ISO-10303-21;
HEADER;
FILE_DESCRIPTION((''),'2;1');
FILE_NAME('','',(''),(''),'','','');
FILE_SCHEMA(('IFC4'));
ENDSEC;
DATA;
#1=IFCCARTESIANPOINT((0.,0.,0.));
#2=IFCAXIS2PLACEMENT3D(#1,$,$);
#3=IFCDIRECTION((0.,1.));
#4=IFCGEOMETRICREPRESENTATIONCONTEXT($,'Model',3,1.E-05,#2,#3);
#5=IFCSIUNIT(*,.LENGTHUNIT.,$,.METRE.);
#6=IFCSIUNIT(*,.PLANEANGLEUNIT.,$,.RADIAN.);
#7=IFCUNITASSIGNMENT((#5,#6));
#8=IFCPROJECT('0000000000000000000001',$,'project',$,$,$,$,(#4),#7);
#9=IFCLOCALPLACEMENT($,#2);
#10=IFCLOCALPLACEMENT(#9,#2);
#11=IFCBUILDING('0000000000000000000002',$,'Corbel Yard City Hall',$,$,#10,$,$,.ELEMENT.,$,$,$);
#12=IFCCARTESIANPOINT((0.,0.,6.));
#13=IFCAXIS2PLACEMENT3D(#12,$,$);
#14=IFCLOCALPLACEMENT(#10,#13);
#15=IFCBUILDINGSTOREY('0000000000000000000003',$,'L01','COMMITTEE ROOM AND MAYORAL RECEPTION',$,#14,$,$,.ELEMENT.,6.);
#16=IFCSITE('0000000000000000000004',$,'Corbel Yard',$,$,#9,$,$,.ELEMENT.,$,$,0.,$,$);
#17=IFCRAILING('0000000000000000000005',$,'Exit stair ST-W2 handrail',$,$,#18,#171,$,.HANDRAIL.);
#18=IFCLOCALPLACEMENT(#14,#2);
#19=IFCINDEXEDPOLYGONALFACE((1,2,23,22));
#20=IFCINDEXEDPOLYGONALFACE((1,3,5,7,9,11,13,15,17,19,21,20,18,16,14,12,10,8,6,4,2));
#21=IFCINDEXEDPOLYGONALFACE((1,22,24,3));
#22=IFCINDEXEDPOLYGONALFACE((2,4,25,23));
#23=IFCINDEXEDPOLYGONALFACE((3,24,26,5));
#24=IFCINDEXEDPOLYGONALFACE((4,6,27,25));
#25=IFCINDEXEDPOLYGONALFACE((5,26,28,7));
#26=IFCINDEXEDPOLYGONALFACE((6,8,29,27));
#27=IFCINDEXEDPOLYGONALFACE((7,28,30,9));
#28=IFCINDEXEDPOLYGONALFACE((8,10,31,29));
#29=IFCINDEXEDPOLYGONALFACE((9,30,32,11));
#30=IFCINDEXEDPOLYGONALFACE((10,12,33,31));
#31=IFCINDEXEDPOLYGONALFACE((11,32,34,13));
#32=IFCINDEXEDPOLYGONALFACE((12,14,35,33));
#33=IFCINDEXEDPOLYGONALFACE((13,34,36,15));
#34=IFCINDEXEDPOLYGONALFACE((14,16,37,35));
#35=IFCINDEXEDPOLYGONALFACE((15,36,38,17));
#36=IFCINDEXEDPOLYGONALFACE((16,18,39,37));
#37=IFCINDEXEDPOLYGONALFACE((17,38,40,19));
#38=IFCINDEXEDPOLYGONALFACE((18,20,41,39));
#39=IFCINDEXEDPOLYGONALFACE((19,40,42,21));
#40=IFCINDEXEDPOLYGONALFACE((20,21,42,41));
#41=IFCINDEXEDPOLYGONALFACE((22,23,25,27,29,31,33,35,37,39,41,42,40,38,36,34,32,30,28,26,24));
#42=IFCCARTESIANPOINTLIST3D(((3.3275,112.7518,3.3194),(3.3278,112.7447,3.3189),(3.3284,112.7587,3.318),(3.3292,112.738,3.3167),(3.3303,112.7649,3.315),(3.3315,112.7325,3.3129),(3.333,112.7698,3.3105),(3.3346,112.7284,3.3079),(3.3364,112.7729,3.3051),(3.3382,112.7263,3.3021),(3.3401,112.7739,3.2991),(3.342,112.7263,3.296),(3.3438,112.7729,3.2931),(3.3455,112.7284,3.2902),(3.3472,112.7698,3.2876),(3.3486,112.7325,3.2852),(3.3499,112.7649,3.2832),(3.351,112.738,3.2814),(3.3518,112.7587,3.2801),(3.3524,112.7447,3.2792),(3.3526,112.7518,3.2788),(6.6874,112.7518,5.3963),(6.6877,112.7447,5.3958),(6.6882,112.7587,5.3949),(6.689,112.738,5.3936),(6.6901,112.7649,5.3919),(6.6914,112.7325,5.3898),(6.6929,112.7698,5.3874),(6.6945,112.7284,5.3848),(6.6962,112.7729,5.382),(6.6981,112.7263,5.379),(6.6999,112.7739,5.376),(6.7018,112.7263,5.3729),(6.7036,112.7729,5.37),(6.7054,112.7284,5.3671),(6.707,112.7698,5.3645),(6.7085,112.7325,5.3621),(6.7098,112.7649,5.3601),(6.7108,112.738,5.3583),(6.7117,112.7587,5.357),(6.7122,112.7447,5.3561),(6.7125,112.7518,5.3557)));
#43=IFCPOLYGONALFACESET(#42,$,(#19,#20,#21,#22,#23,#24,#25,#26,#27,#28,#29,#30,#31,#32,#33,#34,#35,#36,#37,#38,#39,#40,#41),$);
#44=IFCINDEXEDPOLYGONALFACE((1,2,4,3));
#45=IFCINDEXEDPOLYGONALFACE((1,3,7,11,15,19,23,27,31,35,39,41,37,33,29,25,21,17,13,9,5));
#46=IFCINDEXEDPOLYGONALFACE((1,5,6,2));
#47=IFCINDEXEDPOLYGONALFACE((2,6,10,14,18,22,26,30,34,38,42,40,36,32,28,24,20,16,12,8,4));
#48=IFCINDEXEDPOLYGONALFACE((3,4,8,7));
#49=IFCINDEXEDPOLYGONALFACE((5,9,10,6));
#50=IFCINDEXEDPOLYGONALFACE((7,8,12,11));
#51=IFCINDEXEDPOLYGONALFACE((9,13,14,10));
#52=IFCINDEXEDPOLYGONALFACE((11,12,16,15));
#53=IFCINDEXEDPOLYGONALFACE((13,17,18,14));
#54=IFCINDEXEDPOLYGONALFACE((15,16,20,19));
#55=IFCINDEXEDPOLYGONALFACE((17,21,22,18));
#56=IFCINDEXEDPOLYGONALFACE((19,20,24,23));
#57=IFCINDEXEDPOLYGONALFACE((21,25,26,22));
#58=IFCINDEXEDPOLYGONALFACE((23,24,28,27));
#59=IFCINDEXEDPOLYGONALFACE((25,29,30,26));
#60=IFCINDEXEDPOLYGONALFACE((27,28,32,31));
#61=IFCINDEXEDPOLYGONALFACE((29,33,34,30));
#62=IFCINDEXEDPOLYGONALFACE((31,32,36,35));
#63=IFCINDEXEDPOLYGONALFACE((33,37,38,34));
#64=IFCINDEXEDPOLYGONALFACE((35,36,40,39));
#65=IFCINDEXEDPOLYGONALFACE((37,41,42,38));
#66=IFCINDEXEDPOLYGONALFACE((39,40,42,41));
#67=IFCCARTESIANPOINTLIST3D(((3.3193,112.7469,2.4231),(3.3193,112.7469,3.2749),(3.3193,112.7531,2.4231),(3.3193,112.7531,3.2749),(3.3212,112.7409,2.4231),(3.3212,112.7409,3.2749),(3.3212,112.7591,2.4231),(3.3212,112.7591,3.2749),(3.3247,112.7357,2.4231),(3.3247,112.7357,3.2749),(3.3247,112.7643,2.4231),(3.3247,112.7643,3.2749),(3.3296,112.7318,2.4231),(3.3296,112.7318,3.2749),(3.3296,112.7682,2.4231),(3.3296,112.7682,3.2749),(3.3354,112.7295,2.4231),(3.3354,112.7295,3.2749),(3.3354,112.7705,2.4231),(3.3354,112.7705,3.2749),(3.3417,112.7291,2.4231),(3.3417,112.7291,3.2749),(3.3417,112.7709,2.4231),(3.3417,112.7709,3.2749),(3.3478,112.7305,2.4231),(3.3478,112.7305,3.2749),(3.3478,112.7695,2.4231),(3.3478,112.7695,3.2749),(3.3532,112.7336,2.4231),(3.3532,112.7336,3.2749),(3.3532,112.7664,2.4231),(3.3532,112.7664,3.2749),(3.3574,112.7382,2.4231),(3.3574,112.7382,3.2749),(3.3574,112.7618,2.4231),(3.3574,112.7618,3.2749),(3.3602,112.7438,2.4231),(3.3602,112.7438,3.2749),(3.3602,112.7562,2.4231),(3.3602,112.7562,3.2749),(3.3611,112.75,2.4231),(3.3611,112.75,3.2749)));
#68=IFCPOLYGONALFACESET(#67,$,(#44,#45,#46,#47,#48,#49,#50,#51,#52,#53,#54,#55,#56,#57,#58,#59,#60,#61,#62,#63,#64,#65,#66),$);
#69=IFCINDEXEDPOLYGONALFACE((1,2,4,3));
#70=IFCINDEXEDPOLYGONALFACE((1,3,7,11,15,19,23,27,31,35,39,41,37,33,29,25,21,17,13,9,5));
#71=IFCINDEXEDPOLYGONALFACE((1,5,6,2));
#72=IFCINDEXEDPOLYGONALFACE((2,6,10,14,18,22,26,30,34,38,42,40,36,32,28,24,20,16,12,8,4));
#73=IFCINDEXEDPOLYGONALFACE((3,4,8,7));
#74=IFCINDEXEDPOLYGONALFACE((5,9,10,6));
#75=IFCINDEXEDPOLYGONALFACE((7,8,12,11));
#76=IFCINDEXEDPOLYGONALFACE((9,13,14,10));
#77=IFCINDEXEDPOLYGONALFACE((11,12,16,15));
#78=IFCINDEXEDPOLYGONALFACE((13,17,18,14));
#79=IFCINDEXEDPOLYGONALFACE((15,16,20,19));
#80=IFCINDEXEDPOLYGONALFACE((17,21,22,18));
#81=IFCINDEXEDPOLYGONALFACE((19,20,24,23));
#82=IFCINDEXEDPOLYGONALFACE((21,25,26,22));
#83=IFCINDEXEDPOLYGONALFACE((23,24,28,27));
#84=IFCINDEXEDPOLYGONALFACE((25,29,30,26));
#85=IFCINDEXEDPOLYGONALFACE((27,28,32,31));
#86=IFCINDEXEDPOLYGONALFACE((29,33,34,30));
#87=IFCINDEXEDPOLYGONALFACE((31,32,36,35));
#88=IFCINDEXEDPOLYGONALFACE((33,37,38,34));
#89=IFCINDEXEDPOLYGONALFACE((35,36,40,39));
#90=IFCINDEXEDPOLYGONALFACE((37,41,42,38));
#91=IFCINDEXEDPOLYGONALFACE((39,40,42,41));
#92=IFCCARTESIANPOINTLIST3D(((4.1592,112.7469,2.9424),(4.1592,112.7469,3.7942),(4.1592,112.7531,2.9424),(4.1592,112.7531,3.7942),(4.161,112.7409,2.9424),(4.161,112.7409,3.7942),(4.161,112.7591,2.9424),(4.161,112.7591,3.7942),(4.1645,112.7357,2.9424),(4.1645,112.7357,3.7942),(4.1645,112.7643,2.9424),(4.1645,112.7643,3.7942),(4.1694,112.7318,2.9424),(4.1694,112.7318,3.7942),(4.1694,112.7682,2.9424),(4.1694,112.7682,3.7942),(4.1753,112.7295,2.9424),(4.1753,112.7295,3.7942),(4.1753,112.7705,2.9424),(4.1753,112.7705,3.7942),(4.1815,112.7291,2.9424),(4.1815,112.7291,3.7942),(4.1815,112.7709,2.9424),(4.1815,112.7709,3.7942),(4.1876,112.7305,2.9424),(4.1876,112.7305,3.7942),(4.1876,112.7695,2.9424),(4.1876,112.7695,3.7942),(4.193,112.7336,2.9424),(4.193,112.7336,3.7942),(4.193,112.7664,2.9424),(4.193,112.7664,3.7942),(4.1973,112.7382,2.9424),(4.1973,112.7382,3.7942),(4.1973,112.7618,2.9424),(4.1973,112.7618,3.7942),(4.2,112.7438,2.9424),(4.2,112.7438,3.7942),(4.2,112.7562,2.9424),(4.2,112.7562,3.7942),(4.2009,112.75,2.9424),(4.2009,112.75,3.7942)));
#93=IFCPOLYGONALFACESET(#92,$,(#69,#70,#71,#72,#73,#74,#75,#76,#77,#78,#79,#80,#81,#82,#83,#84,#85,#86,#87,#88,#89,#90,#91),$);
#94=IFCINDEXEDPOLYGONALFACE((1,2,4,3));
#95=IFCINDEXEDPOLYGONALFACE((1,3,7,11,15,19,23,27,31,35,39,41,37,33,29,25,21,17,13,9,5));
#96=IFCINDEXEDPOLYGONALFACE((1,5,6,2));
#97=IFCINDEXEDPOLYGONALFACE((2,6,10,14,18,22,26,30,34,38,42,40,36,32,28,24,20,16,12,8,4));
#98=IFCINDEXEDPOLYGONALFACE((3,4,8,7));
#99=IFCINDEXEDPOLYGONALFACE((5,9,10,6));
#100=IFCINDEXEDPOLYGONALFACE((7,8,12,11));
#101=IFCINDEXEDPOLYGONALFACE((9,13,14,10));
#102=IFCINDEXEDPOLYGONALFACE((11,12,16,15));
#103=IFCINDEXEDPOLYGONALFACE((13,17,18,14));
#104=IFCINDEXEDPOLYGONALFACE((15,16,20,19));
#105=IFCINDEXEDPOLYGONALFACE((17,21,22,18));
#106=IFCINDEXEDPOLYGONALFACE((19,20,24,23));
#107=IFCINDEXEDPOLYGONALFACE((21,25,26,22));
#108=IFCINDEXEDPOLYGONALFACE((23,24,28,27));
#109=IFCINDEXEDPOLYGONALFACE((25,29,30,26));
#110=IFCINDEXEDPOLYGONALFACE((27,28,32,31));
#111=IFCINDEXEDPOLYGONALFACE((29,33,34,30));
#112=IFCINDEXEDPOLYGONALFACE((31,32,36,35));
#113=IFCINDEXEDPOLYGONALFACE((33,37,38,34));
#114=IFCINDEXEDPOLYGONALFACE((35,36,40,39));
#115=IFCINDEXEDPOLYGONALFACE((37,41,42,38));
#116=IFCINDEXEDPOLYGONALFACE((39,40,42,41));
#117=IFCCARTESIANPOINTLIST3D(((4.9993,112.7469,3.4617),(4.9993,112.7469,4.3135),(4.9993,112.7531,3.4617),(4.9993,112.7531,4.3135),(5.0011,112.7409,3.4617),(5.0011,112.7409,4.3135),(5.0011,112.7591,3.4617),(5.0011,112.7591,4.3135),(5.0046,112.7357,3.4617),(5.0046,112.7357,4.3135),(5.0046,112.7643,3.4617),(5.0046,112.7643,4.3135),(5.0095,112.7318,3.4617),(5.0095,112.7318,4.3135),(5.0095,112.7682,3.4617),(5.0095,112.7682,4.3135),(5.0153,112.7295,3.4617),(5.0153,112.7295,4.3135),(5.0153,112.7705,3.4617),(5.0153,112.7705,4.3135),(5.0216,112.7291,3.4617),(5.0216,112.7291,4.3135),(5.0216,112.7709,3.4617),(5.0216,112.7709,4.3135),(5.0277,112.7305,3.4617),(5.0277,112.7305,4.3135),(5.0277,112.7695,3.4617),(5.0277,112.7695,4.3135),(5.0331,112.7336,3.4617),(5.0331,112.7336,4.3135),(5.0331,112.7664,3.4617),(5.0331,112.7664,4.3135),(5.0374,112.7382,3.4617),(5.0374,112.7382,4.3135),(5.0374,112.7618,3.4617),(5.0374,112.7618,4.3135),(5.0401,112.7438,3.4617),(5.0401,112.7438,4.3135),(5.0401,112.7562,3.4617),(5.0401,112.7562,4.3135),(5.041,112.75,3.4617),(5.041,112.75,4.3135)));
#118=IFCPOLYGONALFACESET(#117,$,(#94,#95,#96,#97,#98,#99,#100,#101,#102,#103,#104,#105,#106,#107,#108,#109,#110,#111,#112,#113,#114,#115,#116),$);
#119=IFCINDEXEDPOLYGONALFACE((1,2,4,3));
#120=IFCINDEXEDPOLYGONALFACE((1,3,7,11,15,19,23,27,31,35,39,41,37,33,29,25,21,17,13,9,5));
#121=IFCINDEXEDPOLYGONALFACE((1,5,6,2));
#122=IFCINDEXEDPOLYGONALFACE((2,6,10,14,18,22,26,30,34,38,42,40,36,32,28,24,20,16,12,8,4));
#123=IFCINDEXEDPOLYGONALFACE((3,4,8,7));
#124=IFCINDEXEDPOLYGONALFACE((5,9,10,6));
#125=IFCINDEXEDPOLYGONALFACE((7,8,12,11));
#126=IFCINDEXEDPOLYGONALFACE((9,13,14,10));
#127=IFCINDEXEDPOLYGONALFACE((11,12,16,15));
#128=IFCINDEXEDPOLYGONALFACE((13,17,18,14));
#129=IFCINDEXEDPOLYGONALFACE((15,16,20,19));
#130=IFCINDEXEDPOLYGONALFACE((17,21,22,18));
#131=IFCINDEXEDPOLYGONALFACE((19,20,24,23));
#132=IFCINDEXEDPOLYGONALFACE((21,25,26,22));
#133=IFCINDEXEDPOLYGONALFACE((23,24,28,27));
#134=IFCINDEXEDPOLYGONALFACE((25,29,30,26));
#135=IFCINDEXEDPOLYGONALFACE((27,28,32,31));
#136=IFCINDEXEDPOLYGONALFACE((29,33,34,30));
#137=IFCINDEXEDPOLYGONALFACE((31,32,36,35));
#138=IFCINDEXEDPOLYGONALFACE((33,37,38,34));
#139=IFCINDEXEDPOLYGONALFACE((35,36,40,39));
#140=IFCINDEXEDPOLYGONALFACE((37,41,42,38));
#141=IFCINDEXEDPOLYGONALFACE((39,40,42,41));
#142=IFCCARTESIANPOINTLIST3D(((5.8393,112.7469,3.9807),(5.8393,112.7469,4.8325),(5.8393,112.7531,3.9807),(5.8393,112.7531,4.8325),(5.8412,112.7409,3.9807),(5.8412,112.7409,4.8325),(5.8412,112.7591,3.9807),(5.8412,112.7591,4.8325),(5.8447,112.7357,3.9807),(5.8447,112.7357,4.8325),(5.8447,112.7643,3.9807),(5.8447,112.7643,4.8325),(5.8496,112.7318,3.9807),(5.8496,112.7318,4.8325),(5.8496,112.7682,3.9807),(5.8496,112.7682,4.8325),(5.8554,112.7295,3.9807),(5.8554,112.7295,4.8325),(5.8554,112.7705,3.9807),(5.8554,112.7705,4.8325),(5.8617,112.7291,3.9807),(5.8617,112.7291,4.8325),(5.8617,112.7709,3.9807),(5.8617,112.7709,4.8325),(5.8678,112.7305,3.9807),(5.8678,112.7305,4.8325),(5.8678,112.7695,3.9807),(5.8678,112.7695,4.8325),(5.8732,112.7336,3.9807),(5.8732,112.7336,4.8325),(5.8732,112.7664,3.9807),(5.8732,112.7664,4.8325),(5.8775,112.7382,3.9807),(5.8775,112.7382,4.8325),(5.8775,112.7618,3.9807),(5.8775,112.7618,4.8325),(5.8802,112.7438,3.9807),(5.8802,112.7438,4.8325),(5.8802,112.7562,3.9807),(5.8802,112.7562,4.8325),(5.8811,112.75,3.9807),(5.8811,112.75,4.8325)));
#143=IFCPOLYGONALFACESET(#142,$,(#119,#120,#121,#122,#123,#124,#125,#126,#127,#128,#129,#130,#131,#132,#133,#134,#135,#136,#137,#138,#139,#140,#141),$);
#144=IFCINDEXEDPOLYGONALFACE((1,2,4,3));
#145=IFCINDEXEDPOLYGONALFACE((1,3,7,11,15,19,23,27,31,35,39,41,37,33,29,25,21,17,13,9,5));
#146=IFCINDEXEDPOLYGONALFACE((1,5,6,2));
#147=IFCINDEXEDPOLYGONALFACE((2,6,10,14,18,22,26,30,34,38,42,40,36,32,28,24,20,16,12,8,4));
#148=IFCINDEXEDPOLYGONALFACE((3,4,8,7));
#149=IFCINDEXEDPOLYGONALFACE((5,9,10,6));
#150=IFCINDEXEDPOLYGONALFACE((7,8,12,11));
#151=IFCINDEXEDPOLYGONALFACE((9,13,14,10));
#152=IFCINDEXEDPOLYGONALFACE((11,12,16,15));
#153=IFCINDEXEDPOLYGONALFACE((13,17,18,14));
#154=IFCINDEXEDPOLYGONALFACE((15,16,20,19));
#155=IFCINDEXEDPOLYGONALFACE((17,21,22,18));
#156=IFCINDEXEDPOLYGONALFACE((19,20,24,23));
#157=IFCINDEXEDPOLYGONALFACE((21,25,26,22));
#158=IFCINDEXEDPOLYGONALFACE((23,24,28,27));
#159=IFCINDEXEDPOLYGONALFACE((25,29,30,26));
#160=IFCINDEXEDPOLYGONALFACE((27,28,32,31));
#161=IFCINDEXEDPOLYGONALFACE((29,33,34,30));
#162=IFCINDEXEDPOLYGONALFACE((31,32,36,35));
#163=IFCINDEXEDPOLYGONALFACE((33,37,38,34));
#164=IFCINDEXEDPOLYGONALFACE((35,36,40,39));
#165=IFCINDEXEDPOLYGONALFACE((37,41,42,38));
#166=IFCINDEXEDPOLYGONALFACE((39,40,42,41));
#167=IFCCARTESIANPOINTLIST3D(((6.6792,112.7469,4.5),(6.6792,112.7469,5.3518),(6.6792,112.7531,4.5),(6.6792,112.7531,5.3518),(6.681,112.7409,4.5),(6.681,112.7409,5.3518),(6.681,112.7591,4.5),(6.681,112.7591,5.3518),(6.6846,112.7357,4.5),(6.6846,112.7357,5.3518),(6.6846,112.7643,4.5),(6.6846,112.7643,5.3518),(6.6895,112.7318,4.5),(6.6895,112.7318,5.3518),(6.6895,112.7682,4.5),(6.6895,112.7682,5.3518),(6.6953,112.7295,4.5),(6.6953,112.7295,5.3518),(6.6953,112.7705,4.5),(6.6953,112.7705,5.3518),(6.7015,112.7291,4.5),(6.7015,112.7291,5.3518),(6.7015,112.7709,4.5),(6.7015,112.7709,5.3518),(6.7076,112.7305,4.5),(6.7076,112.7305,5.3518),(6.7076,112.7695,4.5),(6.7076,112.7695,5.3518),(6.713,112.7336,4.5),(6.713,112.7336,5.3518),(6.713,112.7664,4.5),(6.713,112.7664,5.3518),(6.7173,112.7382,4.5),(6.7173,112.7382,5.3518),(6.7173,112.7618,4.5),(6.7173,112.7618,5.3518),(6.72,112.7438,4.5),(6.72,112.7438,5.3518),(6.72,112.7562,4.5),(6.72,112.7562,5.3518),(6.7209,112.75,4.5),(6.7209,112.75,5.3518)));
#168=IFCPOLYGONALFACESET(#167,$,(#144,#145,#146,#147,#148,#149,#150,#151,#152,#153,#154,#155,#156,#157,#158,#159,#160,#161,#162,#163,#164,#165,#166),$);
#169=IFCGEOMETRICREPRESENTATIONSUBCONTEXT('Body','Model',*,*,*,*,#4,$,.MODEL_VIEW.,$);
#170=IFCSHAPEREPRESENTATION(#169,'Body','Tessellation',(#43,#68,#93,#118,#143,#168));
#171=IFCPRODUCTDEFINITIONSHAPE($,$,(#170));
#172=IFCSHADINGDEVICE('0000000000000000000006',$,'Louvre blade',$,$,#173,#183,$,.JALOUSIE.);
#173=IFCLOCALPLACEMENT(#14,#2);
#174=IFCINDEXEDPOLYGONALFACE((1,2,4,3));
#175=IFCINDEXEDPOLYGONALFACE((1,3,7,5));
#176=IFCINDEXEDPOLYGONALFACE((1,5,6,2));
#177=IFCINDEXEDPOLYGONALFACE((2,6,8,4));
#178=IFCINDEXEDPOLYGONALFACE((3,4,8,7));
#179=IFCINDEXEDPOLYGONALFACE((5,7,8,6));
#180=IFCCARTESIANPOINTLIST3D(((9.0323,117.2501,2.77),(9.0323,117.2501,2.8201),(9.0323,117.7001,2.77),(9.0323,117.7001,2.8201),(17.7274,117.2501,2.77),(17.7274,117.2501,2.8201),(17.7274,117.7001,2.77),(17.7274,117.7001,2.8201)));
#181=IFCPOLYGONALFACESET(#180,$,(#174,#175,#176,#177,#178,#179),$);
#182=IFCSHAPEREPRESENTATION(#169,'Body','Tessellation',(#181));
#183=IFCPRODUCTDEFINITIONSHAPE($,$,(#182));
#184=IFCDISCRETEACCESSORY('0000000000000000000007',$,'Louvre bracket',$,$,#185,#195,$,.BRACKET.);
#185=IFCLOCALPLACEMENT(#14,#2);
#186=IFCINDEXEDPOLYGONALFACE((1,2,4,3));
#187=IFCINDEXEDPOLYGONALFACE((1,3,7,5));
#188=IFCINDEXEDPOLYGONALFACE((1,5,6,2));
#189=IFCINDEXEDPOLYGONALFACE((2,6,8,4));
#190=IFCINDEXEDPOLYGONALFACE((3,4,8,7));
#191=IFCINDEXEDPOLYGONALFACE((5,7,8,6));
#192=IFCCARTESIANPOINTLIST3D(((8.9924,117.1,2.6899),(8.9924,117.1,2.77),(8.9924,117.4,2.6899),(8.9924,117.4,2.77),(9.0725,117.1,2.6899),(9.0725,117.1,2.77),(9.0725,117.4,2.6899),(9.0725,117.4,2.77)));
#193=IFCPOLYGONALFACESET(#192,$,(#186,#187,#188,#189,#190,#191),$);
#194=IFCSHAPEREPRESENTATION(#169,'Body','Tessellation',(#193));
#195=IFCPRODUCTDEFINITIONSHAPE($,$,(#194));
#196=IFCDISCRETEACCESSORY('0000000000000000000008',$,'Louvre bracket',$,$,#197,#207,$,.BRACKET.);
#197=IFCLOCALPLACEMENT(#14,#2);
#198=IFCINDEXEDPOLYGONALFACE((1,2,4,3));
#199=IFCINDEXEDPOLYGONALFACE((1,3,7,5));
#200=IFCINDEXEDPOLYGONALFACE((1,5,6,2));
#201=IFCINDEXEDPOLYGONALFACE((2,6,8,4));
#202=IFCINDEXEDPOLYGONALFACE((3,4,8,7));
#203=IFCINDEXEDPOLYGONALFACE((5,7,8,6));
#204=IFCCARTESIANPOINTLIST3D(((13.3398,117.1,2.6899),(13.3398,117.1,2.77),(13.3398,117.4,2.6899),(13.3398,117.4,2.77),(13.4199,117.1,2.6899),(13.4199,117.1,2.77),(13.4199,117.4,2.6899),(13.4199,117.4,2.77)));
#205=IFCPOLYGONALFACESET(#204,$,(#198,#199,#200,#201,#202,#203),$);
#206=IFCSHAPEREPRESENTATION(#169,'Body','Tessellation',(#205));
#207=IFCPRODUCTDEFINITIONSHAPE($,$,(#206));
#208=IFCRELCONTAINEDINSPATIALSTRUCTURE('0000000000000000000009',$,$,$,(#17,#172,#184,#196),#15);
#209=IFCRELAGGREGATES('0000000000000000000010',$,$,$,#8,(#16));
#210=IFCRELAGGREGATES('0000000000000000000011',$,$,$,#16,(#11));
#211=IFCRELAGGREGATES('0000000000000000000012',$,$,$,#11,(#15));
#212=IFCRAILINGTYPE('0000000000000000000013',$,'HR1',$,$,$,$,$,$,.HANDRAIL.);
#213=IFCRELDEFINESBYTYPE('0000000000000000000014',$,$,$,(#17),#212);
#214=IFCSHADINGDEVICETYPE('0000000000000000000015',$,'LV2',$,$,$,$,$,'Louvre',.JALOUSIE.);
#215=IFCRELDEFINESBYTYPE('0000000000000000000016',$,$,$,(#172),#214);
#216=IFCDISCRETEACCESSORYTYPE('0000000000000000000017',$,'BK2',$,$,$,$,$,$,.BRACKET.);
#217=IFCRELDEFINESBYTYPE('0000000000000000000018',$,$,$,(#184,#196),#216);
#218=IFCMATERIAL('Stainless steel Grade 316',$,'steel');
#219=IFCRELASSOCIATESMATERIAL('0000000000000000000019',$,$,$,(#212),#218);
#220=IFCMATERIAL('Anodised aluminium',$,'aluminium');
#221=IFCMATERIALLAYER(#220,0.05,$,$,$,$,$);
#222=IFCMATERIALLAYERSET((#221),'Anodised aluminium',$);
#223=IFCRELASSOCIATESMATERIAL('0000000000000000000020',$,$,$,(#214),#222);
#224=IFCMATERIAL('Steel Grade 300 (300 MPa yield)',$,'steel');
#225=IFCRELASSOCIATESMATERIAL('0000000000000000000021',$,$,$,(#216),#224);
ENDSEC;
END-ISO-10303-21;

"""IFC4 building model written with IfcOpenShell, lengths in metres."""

from ifc_helpers import new_model, si_unit, direction, frame, origin, origin_2d, place, context, subcontext, project, spatial, rectangle, circle, extrude, material, layer, layer_set, type_object, element, save


model = new_model("IFC4")

# Units and contexts
model_context = context("Model", 3, precision=1e-05, world=origin(), true_north=direction((0.0, 1.0)))
body_context = subcontext(model_context, "Body", "Model", "MODEL_VIEW")
ifc_project = project(units=[si_unit("LENGTHUNIT", "METRE"), si_unit("PLANEANGLEUNIT", "RADIAN")], contexts=[model_context])

# Site, building, storey
site_placement = place(None, origin())
site = spatial("IfcSite", under=ifc_project, at=site_placement, Name="Corbel Yard", CompositionType="ELEMENT", RefElevation=0.0)
building_placement = place(site_placement, origin())
building = spatial("IfcBuilding", under=site, at=building_placement, Name="Corbel Yard City Hall", CompositionType="ELEMENT")
storey_placement = place(building_placement, frame((0.0, 0.0, 6.0)))
storey = spatial("IfcBuildingStorey", under=building, at=storey_placement, Name="L01", Description="COMMITTEE ROOM AND MAYORAL RECEPTION", CompositionType="ELEMENT", Elevation=6.0)

# Shared definitions
ifc_material_1 = material(Name="Stainless steel Grade 316", Category="steel")

# Railing
railing_type = type_object("IfcRailingType", Name="HR1", PredefinedType="HANDRAIL", material=ifc_material_1)
for number, where, name in (
    (1, (3.3401, 112.75, 2.4231), "Exit stair ST-W2 handrail"),
):
    element("IfcRailing", number, at=place(storey_placement, frame(where)), inside=storey, type_object=railing_type, Name=name, PredefinedType="HANDRAIL", context=body_context, shape_type="SweptSolid", body=[
        extrude(circle(Radius=0.0239, at=origin_2d()), frame((0.0, 0.0, 0.876), z_axis=(0.850606, 0.0, 0.525803), x_axis=(0.0, 1.0, 0.0)), (0.0, 0.0, 1.0), 3.95),
        extrude(circle(Radius=0.021, at=origin_2d()), origin(), (0.0, 0.0, 1.0), 0.8518),
        extrude(circle(Radius=0.021, at=origin_2d()), frame((0.8398, 0.0, 0.5193)), (0.0, 0.0, 1.0), 0.8518),
        extrude(circle(Radius=0.021, at=origin_2d()), frame((1.6799, 0.0, 1.0386)), (0.0, 0.0, 1.0), 0.8518),
        extrude(circle(Radius=0.021, at=origin_2d()), frame((2.52, 0.0, 1.5576)), (0.0, 0.0, 1.0), 0.8518),
        extrude(circle(Radius=0.021, at=origin_2d()), frame((3.3599, 0.0, 2.0769)), (0.0, 0.0, 1.0), 0.8518),
    ])

# Shading device
ifc_material_2 = material(Name="Anodised aluminium", Category="aluminium")
ifc_layer_1 = layer(ifc_material_2, 0.05)
ifc_layer_set_1 = layer_set([ifc_layer_1], Name="Anodised aluminium")
shading_device_type = type_object("IfcShadingDeviceType", Name="LV2", ElementType="Louvre", PredefinedType="JALOUSIE", material=ifc_layer_set_1)
shading_device_placement = place(storey_placement, frame((13.3799, 117.4751, 2.77), z_axis=(0.0, 0.0, 1.0), x_axis=(1.0, 0.0, 0.0)))
element("IfcShadingDevice", 2, at=shading_device_placement, inside=storey, type_object=shading_device_type, Name="Louvre blade", PredefinedType="JALOUSIE", context=body_context, shape_type="SweptSolid", body=[
    extrude(rectangle(XDim=8.6951, YDim=0.45, at=origin_2d()), origin(), (0.0, 0.0, 1.0), 0.05),
])

# Discrete accessories
ifc_material_3 = material(Name="Steel Grade 300 (300 MPa yield)", Category="steel")
discrete_accessory_type = type_object("IfcDiscreteAccessoryType", Name="BK2", PredefinedType="BRACKET", material=ifc_material_3)
for number, where, z_axis, x_axis, name in (
    (3, (9.0325, 117.25, 2.6899), (0.0, 0.0, 1.0), (1.0, 0.0, 0.0), "Louvre bracket"),
    (4, (13.3799, 117.25, 2.6899), (0.0, 0.0, 1.0), (1.0, 0.0, 0.0), "Louvre bracket"),
):
    element("IfcDiscreteAccessory", number, at=place(storey_placement, frame(where, z_axis=z_axis, x_axis=x_axis)), inside=storey, type_object=discrete_accessory_type, Name=name, PredefinedType="BRACKET", context=body_context, shape_type="SweptSolid", body=[
        extrude(rectangle(XDim=0.0801, YDim=0.3, at=origin_2d()), origin(), (0.0, 0.0, 1.0), 0.0801),
    ])

save(model, "model.ifc")
